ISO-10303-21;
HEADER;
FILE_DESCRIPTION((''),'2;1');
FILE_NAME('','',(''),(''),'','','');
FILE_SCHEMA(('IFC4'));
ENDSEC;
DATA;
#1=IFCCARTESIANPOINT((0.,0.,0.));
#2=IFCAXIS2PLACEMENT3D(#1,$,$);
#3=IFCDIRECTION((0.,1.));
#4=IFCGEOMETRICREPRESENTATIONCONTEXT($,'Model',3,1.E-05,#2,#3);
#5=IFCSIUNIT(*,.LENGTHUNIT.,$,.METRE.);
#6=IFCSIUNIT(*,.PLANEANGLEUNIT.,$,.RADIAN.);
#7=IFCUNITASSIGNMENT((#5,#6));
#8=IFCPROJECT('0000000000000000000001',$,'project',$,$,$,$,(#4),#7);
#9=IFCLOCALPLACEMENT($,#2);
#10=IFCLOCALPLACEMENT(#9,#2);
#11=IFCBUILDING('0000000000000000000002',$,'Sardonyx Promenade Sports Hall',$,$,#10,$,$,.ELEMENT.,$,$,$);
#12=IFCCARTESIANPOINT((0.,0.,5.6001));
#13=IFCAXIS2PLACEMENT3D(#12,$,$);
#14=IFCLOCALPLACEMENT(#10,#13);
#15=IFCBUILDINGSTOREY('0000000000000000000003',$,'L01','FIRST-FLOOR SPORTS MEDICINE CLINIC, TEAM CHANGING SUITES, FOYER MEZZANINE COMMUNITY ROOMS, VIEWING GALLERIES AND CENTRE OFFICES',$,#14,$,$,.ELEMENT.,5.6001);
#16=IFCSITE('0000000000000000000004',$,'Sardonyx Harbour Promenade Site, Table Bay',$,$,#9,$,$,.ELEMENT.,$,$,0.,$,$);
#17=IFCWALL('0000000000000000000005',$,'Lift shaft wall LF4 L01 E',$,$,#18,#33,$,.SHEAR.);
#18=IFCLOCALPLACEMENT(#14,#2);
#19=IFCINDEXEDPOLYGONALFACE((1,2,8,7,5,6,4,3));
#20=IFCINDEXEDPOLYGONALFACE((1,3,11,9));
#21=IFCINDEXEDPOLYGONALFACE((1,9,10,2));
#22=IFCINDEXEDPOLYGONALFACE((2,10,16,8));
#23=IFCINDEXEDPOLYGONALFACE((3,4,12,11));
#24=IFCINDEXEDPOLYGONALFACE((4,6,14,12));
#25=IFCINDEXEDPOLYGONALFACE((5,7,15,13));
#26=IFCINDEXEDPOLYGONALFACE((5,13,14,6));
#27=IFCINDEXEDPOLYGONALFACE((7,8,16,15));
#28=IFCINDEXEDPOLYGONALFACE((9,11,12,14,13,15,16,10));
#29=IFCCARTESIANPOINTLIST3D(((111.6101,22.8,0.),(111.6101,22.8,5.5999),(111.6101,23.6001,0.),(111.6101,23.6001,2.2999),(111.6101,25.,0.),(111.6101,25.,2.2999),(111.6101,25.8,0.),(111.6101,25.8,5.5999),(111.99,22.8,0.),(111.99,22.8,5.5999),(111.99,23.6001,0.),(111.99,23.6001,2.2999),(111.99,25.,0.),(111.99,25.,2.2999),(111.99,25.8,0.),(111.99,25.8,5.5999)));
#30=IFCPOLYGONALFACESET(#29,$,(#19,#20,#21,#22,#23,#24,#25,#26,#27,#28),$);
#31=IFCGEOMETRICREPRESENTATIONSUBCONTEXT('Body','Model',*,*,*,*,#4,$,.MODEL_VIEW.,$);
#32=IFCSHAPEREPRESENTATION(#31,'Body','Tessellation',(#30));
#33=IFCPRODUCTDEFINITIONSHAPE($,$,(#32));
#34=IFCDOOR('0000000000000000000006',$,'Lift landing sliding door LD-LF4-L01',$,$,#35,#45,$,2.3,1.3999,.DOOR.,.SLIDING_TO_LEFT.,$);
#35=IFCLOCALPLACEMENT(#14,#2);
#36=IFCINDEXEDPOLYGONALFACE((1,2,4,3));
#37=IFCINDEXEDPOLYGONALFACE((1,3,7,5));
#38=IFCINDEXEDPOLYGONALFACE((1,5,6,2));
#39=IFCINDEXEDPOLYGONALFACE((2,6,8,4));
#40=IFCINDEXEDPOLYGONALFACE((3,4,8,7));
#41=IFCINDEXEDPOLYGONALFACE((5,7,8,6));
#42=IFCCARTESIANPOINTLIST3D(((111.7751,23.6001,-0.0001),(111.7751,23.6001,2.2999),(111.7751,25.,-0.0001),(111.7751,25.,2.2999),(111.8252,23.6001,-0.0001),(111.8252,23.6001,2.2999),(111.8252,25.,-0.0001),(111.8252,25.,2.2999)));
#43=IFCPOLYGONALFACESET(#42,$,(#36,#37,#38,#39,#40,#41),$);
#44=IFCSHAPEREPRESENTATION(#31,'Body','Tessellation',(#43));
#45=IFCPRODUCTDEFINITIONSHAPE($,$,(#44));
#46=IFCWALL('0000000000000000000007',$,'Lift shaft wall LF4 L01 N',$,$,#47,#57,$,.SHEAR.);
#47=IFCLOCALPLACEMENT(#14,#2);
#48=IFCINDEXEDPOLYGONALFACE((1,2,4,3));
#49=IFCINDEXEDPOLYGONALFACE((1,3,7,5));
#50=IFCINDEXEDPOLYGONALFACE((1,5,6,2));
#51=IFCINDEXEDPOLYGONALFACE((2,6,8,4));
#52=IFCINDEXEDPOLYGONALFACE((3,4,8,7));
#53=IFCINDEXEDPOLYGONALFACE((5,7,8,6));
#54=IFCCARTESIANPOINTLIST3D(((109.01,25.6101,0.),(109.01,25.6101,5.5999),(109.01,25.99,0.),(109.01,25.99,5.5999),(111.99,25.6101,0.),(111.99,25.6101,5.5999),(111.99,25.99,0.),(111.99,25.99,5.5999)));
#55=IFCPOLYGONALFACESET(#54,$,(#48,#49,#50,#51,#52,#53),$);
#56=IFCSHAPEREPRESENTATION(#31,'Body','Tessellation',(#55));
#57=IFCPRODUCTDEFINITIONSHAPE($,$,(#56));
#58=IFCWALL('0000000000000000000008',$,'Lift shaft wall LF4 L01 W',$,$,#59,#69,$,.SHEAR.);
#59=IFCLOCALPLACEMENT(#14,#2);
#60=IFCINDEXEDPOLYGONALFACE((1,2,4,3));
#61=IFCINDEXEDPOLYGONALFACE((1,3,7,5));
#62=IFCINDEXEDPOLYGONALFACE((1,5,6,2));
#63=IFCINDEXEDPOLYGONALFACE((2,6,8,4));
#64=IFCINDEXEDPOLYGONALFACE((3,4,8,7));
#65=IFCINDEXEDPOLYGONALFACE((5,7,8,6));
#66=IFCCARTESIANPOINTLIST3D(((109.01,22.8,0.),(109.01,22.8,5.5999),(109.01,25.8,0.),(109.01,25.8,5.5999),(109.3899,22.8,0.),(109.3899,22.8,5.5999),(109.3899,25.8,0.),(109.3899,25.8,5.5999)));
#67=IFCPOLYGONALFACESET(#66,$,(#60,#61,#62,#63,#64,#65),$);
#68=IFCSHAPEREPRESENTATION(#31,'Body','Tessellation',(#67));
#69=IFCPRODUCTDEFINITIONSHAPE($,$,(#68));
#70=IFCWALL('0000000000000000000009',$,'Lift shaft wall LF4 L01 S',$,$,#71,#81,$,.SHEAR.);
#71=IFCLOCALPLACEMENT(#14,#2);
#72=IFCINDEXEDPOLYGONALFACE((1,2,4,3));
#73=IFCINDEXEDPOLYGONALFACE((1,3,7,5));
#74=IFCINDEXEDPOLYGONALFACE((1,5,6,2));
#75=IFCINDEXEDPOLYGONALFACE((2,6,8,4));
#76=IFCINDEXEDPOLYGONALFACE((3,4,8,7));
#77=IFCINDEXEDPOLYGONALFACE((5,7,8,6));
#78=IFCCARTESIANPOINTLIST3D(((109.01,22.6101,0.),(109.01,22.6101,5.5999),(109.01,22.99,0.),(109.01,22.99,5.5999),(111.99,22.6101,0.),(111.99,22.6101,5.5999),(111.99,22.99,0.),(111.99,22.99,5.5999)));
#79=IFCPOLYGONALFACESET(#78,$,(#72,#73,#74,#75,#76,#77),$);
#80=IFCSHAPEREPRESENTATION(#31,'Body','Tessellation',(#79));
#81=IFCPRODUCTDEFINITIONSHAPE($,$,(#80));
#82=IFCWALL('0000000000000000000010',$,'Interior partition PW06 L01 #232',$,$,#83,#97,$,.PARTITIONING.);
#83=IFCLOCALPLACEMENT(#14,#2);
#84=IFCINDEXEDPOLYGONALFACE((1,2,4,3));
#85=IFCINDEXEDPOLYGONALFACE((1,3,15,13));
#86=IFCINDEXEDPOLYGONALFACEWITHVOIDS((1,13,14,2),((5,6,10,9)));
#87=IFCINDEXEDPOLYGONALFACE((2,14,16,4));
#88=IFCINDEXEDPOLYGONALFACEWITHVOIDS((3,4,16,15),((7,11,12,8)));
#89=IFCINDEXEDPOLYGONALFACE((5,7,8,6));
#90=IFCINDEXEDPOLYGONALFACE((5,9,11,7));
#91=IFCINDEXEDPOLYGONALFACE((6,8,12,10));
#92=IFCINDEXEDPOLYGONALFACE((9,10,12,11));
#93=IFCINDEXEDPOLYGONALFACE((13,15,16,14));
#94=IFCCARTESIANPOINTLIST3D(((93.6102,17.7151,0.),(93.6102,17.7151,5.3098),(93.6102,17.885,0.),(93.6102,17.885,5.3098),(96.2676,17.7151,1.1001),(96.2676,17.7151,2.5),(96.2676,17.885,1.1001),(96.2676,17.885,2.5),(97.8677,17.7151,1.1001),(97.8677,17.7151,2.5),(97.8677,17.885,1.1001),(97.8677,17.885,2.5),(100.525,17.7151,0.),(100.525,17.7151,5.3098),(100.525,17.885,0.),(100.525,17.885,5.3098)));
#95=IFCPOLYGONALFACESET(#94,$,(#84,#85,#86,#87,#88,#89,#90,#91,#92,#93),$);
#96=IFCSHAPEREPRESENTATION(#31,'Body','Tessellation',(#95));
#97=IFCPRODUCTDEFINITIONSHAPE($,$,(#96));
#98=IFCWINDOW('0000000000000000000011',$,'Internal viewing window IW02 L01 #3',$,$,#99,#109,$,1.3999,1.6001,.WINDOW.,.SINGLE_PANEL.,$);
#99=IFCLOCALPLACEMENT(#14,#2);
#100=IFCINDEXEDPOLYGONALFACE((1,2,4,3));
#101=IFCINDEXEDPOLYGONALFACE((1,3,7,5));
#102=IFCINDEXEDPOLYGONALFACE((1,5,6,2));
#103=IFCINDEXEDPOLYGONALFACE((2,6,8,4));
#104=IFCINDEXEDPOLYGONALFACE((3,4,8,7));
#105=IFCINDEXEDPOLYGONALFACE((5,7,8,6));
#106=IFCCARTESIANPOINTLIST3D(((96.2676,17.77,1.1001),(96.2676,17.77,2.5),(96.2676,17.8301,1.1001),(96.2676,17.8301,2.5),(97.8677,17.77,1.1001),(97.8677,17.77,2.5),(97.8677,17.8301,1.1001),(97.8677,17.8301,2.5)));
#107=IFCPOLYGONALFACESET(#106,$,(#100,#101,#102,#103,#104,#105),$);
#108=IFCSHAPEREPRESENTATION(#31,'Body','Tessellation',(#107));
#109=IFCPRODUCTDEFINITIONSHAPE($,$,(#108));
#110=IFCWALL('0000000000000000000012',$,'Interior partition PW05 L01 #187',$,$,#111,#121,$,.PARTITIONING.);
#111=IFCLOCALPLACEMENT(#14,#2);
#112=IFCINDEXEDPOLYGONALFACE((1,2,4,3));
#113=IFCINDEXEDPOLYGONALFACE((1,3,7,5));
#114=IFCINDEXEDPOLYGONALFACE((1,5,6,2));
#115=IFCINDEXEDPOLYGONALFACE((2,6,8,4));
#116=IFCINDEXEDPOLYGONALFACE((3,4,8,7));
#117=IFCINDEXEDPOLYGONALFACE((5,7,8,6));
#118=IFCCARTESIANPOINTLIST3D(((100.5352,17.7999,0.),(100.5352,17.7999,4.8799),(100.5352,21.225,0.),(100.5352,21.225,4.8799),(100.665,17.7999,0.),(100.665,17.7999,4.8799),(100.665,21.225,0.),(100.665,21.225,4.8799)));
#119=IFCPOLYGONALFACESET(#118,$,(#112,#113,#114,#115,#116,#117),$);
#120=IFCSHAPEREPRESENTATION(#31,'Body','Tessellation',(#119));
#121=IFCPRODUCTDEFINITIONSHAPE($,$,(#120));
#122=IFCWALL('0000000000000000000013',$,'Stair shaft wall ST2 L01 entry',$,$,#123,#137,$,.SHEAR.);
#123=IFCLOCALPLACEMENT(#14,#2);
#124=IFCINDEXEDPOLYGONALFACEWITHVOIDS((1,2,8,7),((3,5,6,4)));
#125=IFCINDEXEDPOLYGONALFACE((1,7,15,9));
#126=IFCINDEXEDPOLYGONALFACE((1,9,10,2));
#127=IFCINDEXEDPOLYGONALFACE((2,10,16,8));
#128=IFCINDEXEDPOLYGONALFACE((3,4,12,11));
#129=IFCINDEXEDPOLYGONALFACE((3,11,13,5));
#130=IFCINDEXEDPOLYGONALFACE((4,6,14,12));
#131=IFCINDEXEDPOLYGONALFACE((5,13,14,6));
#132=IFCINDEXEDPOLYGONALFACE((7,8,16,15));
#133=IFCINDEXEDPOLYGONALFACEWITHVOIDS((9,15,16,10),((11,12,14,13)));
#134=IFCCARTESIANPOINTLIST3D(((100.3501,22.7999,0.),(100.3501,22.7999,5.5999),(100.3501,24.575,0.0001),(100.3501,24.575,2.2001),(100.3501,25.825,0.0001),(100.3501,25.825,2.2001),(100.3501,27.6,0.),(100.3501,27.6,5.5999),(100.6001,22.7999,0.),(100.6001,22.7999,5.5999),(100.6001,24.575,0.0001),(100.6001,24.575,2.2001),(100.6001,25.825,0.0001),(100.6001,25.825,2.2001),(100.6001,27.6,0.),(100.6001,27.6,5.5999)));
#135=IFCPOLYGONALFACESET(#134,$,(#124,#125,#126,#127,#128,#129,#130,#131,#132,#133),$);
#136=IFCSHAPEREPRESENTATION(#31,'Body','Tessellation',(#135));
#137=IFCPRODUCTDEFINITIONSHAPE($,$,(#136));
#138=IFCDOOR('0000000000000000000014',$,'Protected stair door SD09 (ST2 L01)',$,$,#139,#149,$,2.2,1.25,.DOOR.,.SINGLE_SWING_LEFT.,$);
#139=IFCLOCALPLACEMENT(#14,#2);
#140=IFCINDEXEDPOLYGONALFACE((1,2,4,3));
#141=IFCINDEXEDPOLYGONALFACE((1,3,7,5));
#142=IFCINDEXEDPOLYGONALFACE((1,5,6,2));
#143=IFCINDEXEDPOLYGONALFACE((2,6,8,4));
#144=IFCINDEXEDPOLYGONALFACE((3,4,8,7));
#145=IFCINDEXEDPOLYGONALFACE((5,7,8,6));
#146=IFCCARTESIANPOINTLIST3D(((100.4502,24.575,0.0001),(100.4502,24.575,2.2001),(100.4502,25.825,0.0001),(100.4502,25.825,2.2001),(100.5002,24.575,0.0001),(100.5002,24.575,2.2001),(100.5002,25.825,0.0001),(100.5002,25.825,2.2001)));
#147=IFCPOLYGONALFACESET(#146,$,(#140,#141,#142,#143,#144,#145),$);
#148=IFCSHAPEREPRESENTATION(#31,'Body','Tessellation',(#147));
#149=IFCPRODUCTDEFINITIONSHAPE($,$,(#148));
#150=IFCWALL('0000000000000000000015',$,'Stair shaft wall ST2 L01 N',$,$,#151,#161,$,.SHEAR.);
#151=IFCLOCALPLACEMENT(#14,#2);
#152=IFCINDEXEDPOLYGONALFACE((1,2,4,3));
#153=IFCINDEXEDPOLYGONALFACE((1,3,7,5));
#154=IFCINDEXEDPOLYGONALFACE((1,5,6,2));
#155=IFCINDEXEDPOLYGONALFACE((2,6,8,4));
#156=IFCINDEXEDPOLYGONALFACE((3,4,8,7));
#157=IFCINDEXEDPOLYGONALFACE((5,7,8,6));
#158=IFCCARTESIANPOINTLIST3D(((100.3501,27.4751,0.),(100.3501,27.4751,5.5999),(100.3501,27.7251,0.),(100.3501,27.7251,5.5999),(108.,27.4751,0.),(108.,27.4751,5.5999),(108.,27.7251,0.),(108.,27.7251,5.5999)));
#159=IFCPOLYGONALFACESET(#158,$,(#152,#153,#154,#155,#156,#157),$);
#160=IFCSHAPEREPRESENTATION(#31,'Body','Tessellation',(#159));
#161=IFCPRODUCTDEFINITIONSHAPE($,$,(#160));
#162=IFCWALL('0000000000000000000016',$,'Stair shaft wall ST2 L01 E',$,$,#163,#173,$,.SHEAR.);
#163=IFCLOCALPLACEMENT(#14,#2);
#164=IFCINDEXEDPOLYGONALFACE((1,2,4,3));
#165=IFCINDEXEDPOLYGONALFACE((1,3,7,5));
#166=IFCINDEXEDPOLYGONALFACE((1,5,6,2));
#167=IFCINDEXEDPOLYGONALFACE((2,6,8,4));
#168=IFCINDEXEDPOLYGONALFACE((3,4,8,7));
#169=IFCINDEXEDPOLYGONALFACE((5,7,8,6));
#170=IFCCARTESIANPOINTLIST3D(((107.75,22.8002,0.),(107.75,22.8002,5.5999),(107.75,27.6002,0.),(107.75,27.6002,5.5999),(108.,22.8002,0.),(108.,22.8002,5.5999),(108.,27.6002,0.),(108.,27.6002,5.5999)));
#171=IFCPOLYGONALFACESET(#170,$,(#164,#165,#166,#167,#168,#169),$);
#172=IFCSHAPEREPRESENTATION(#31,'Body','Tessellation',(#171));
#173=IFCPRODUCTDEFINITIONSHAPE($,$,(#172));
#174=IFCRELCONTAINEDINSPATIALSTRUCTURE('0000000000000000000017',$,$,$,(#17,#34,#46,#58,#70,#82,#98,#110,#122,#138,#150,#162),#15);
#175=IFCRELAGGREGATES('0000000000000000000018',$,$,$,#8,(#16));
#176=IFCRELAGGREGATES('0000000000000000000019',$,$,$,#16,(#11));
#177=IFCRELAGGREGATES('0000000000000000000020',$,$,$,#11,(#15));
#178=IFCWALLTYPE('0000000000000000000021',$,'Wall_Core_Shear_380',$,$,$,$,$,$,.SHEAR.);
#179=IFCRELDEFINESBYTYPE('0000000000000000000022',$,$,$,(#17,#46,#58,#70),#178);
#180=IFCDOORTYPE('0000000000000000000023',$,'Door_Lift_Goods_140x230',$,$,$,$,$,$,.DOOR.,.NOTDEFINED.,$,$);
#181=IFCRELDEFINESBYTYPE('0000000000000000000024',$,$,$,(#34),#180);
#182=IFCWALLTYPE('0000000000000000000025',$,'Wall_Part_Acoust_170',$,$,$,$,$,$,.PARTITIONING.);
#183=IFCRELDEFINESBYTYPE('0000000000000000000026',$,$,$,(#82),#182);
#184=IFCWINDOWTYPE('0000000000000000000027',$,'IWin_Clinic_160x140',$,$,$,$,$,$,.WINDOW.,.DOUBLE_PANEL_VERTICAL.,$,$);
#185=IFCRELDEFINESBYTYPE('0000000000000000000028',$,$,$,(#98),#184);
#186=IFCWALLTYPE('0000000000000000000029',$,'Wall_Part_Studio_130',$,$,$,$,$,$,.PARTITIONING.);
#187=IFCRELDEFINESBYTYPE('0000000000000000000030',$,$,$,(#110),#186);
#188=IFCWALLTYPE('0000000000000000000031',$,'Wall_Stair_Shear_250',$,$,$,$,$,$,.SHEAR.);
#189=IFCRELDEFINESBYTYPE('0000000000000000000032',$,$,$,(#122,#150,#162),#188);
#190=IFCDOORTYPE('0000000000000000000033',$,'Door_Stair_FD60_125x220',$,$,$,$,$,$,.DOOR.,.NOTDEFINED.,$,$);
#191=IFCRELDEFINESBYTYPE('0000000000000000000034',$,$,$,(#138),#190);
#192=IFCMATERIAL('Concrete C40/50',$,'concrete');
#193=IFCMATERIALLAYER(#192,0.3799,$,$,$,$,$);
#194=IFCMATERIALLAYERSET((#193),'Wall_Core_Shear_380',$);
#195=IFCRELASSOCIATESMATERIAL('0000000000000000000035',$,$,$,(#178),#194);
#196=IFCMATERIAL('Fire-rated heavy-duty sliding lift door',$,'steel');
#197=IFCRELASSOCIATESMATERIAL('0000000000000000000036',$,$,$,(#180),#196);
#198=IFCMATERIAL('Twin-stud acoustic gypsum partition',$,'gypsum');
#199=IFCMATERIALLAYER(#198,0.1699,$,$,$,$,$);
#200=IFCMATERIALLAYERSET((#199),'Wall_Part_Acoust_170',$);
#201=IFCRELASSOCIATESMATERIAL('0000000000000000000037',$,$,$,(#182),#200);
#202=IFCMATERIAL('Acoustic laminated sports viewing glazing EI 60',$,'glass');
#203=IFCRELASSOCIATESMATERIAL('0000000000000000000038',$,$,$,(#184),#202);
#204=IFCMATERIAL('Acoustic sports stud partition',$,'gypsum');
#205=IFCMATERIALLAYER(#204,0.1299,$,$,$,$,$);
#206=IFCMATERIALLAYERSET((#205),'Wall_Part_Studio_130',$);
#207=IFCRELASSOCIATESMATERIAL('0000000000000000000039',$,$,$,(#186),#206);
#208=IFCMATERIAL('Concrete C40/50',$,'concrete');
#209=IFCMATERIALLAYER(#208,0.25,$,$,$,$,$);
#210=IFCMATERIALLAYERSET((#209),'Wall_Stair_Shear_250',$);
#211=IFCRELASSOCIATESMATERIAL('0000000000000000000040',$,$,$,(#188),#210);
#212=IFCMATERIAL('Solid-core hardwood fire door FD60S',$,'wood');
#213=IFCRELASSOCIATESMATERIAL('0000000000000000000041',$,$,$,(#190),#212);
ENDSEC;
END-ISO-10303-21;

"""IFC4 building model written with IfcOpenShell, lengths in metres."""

from ifc_helpers import new_model, si_unit, direction, frame, frame_2d, origin, place, context, subcontext, project, spatial, rectangle, extrude, material, layer, layer_set, type_object, element, fill, save


model = new_model("IFC4")

# Units and contexts
model_context = context("Model", 3, precision=1e-05, world=origin(), true_north=direction((0.0, 1.0)))
body_context = subcontext(model_context, "Body", "Model", "MODEL_VIEW")
ifc_project = project(units=[si_unit("LENGTHUNIT", "METRE"), si_unit("PLANEANGLEUNIT", "RADIAN")], contexts=[model_context])

# Site, building, storey
site_placement = place(None, origin())
site = spatial("IfcSite", under=ifc_project, at=site_placement, Name="Sardonyx Harbour Promenade Site, Table Bay", CompositionType="ELEMENT", RefElevation=0.0)
building_placement = place(site_placement, origin())
building = spatial("IfcBuilding", under=site, at=building_placement, Name="Sardonyx Promenade Sports Hall", CompositionType="ELEMENT")
storey_placement = place(building_placement, frame((0.0, 0.0, 5.6001)))
storey = spatial("IfcBuildingStorey", under=building, at=storey_placement, Name="L01", Description="FIRST-FLOOR SPORTS MEDICINE CLINIC, TEAM CHANGING SUITES, FOYER MEZZANINE COMMUNITY ROOMS, VIEWING GALLERIES AND CENTRE OFFICES", CompositionType="ELEMENT", Elevation=5.6001)

# Wall, opening, door
ifc_material_1 = material(Name="Concrete C40/50", Category="concrete")
ifc_layer_1 = layer(ifc_material_1, 0.3799)
ifc_layer_set_1 = layer_set([ifc_layer_1], Name="Wall_Core_Shear_380")
wall_type_1 = type_object("IfcWallType", Name="Wall_Core_Shear_380", PredefinedType="SHEAR", material=ifc_layer_set_1)
wall_1_placement = place(storey_placement, frame((111.8, 22.8, 0.0), z_axis=(0.0, 0.0, 1.0), x_axis=(0.0, 1.0, 0.0)))
wall_1 = element("IfcWall", 1, at=wall_1_placement, inside=storey, type_object=wall_type_1, Name="Lift shaft wall LF4 L01 E", PredefinedType="SHEAR", context=body_context, shape_type="SweptSolid", body=[
    extrude(rectangle(XDim=3.0, YDim=0.3799, at=frame_2d((1.5, 0.0))), origin(), (0.0, 0.0, 1.0), 5.5999),
])
opening_1_placement = place(wall_1_placement, frame((0.8, 0.0, 0.0)))
opening_1 = element("IfcOpeningElement", 2, at=opening_1_placement, cuts=wall_1, PredefinedType="OPENING", context=body_context, shape_type="SweptSolid", body=[
    extrude(rectangle(XDim=1.3999, YDim=2.3, at=frame_2d((0.7, 1.1499))), frame((0.0, 0.2, 0.0), z_axis=(0.0, -1.0, 0.0), x_axis=(1.0, 0.0, 0.0)), (0.0, 0.0, 1.0), 0.4),
])
ifc_material_2 = material(Name="Fire-rated heavy-duty sliding lift door", Category="steel")
door_type_1 = type_object("IfcDoorType", Name="Door_Lift_Goods_140x230", OperationType="NOTDEFINED", PredefinedType="DOOR", material=ifc_material_2)
door_1_placement = place(opening_1_placement, origin())
door_1 = element("IfcDoor", 3, at=door_1_placement, inside=storey, type_object=door_type_1, Name="Lift landing sliding door LD-LF4-L01", OperationType="SLIDING_TO_LEFT", OverallHeight=2.3, OverallWidth=1.3999, PredefinedType="DOOR", context=body_context, shape_type="SweptSolid", body=[
    extrude(rectangle(XDim=1.3999, YDim=2.3, at=frame_2d((0.7, 1.1499))), frame((0.0, 0.0249, 0.0), z_axis=(0.0, -1.0, 0.0), x_axis=(1.0, 0.0, 0.0)), (0.0, 0.0, 1.0), 0.05),
])
fill(opening_1, door_1)

# Walls
wall_2_placement = place(storey_placement, frame((109.01, 25.8, 0.0), z_axis=(0.0, 0.0, 1.0), x_axis=(1.0, 0.0, 0.0)))
element("IfcWall", 4, at=wall_2_placement, inside=storey, type_object=wall_type_1, Name="Lift shaft wall LF4 L01 N", PredefinedType="SHEAR", context=body_context, shape_type="SweptSolid", body=[
    extrude(rectangle(XDim=2.98, YDim=0.3799, at=frame_2d((1.49, 0.0))), origin(), (0.0, 0.0, 1.0), 5.5999),
])
wall_3_placement = place(storey_placement, frame((109.2, 25.8, 0.0), z_axis=(0.0, 0.0, 1.0), x_axis=(0.0, -1.0, 0.0)))
element("IfcWall", 5, at=wall_3_placement, inside=storey, type_object=wall_type_1, Name="Lift shaft wall LF4 L01 W", PredefinedType="SHEAR", context=body_context, shape_type="SweptSolid", body=[
    extrude(rectangle(XDim=3.0, YDim=0.3799, at=frame_2d((1.5, 0.0))), origin(), (0.0, 0.0, 1.0), 5.5999),
])
wall_4_placement = place(storey_placement, frame((111.99, 22.8, 0.0), z_axis=(0.0, 0.0, 1.0), x_axis=(-1.0, 0.0, 0.0)))
element("IfcWall", 6, at=wall_4_placement, inside=storey, type_object=wall_type_1, Name="Lift shaft wall LF4 L01 S", PredefinedType="SHEAR", context=body_context, shape_type="SweptSolid", body=[
    extrude(rectangle(XDim=2.98, YDim=0.3799, at=frame_2d((1.49, 0.0))), origin(), (0.0, 0.0, 1.0), 5.5999),
])

# Wall, opening, window
ifc_material_3 = material(Name="Twin-stud acoustic gypsum partition", Category="gypsum")
ifc_layer_2 = layer(ifc_material_3, 0.1699)
ifc_layer_set_2 = layer_set([ifc_layer_2], Name="Wall_Part_Acoust_170")
wall_type_2 = type_object("IfcWallType", Name="Wall_Part_Acoust_170", PredefinedType="PARTITIONING", material=ifc_layer_set_2)
wall_5_placement = place(storey_placement, frame((93.6101, 17.8, 0.0), z_axis=(0.0, 0.0, 1.0), x_axis=(1.0, 0.0, 0.0)))
wall_5 = element("IfcWall", 7, at=wall_5_placement, inside=storey, type_object=wall_type_2, Name="Interior partition PW06 L01 #232", PredefinedType="PARTITIONING", context=body_context, shape_type="SweptSolid", body=[
    extrude(rectangle(XDim=6.9148, YDim=0.1699, at=frame_2d((3.4575, 0.0))), origin(), (0.0, 0.0, 1.0), 5.3098),
])
opening_2_placement = place(wall_5_placement, frame((2.6575, 0.0, 1.1001)))
opening_2 = element("IfcOpeningElement", 8, at=opening_2_placement, cuts=wall_5, PredefinedType="OPENING", context=body_context, shape_type="SweptSolid", body=[
    extrude(rectangle(XDim=1.6001, YDim=1.3999, at=frame_2d((0.8, 0.7))), frame((0.0, 0.095, 0.0), z_axis=(0.0, -1.0, 0.0), x_axis=(1.0, 0.0, 0.0)), (0.0, 0.0, 1.0), 0.19),
])
ifc_material_4 = material(Name="Acoustic laminated sports viewing glazing EI 60", Category="glass")
window_type = type_object("IfcWindowType", Name="IWin_Clinic_160x140", PartitioningType="DOUBLE_PANEL_VERTICAL", PredefinedType="WINDOW", material=ifc_material_4)
window_placement = place(opening_2_placement, origin())
window = element("IfcWindow", 9, at=window_placement, inside=storey, type_object=window_type, Name="Internal viewing window IW02 L01 #3", OverallHeight=1.3999, OverallWidth=1.6001, PartitioningType="SINGLE_PANEL", PredefinedType="WINDOW", context=body_context, shape_type="SweptSolid", body=[
    extrude(rectangle(XDim=1.6001, YDim=1.3999, at=frame_2d((0.8, 0.7))), frame((0.0, 0.03, 0.0), z_axis=(0.0, -1.0, 0.0), x_axis=(1.0, 0.0, 0.0)), (0.0, 0.0, 1.0), 0.0601),
])
fill(opening_2, window)

# Wall
ifc_material_5 = material(Name="Acoustic sports stud partition", Category="gypsum")
ifc_layer_3 = layer(ifc_material_5, 0.1299)
ifc_layer_set_3 = layer_set([ifc_layer_3], Name="Wall_Part_Studio_130")
wall_type_3 = type_object("IfcWallType", Name="Wall_Part_Studio_130", PredefinedType="PARTITIONING", material=ifc_layer_set_3)
wall_6_placement = place(storey_placement, frame((100.6001, 17.8, 0.0), z_axis=(0.0, 0.0, 1.0), x_axis=(0.0, 1.0, 0.0)))
element("IfcWall", 10, at=wall_6_placement, inside=storey, type_object=wall_type_3, Name="Interior partition PW05 L01 #187", PredefinedType="PARTITIONING", context=body_context, shape_type="SweptSolid", body=[
    extrude(rectangle(XDim=3.425, YDim=0.1299, at=frame_2d((1.7124, 0.0))), origin(), (0.0, 0.0, 1.0), 4.8799),
])

# Wall, opening, door
ifc_material_6 = material(Name="Concrete C40/50", Category="concrete")
ifc_layer_4 = layer(ifc_material_6, 0.25)
ifc_layer_set_4 = layer_set([ifc_layer_4], Name="Wall_Stair_Shear_250")
wall_type_4 = type_object("IfcWallType", Name="Wall_Stair_Shear_250", PredefinedType="SHEAR", material=ifc_layer_set_4)
wall_7_placement = place(storey_placement, frame((100.4751, 22.8, 0.0), z_axis=(0.0, 0.0, 1.0), x_axis=(0.0, 1.0, 0.0)))
wall_7 = element("IfcWall", 11, at=wall_7_placement, inside=storey, type_object=wall_type_4, Name="Stair shaft wall ST2 L01 entry", PredefinedType="SHEAR", context=body_context, shape_type="SweptSolid", body=[
    extrude(rectangle(XDim=4.8, YDim=0.25, at=frame_2d((2.3999, 0.0))), origin(), (0.0, 0.0, 1.0), 5.5999),
])
opening_3_placement = place(wall_7_placement, frame((1.7749, 0.0, 0.0)))
opening_3 = element("IfcOpeningElement", 12, at=opening_3_placement, cuts=wall_7, PredefinedType="OPENING", context=body_context, shape_type="SweptSolid", body=[
    extrude(rectangle(XDim=1.25, YDim=2.2, at=frame_2d((0.625, 1.1001))), frame((0.0, 0.135, 0.0), z_axis=(0.0, -1.0, 0.0), x_axis=(1.0, 0.0, 0.0)), (0.0, 0.0, 1.0), 0.27),
])
ifc_material_7 = material(Name="Solid-core hardwood fire door FD60S", Category="wood")
door_type_2 = type_object("IfcDoorType", Name="Door_Stair_FD60_125x220", OperationType="NOTDEFINED", PredefinedType="DOOR", material=ifc_material_7)
door_2_placement = place(opening_3_placement, origin())
door_2 = element("IfcDoor", 13, at=door_2_placement, inside=storey, type_object=door_type_2, Name="Protected stair door SD09 (ST2 L01)", OperationType="SINGLE_SWING_LEFT", OverallHeight=2.2, OverallWidth=1.25, PredefinedType="DOOR", context=body_context, shape_type="SweptSolid", body=[
    extrude(rectangle(XDim=1.25, YDim=2.2, at=frame_2d((0.625, 1.1001))), frame((0.0, 0.0249, 0.0), z_axis=(0.0, -1.0, 0.0), x_axis=(1.0, 0.0, 0.0)), (0.0, 0.0, 1.0), 0.05),
])
fill(opening_3, door_2)

# Walls
wall_8_placement = place(storey_placement, frame((100.3501, 27.6001, 0.0), z_axis=(0.0, 0.0, 1.0), x_axis=(1.0, 0.0, 0.0)))
element("IfcWall", 14, at=wall_8_placement, inside=storey, type_object=wall_type_4, Name="Stair shaft wall ST2 L01 N", PredefinedType="SHEAR", context=body_context, shape_type="SweptSolid", body=[
    extrude(rectangle(XDim=7.6499, YDim=0.25, at=frame_2d((3.825, 0.0))), origin(), (0.0, 0.0, 1.0), 5.5999),
])
wall_9_placement = place(storey_placement, frame((107.875, 27.6001, 0.0), z_axis=(0.0, 0.0, 1.0), x_axis=(0.0, -1.0, 0.0)))
element("IfcWall", 15, at=wall_9_placement, inside=storey, type_object=wall_type_4, Name="Stair shaft wall ST2 L01 E", PredefinedType="SHEAR", context=body_context, shape_type="SweptSolid", body=[
    extrude(rectangle(XDim=4.8, YDim=0.25, at=frame_2d((2.3999, 0.0))), origin(), (0.0, 0.0, 1.0), 5.5999),
])

save(model, "model.ifc")
